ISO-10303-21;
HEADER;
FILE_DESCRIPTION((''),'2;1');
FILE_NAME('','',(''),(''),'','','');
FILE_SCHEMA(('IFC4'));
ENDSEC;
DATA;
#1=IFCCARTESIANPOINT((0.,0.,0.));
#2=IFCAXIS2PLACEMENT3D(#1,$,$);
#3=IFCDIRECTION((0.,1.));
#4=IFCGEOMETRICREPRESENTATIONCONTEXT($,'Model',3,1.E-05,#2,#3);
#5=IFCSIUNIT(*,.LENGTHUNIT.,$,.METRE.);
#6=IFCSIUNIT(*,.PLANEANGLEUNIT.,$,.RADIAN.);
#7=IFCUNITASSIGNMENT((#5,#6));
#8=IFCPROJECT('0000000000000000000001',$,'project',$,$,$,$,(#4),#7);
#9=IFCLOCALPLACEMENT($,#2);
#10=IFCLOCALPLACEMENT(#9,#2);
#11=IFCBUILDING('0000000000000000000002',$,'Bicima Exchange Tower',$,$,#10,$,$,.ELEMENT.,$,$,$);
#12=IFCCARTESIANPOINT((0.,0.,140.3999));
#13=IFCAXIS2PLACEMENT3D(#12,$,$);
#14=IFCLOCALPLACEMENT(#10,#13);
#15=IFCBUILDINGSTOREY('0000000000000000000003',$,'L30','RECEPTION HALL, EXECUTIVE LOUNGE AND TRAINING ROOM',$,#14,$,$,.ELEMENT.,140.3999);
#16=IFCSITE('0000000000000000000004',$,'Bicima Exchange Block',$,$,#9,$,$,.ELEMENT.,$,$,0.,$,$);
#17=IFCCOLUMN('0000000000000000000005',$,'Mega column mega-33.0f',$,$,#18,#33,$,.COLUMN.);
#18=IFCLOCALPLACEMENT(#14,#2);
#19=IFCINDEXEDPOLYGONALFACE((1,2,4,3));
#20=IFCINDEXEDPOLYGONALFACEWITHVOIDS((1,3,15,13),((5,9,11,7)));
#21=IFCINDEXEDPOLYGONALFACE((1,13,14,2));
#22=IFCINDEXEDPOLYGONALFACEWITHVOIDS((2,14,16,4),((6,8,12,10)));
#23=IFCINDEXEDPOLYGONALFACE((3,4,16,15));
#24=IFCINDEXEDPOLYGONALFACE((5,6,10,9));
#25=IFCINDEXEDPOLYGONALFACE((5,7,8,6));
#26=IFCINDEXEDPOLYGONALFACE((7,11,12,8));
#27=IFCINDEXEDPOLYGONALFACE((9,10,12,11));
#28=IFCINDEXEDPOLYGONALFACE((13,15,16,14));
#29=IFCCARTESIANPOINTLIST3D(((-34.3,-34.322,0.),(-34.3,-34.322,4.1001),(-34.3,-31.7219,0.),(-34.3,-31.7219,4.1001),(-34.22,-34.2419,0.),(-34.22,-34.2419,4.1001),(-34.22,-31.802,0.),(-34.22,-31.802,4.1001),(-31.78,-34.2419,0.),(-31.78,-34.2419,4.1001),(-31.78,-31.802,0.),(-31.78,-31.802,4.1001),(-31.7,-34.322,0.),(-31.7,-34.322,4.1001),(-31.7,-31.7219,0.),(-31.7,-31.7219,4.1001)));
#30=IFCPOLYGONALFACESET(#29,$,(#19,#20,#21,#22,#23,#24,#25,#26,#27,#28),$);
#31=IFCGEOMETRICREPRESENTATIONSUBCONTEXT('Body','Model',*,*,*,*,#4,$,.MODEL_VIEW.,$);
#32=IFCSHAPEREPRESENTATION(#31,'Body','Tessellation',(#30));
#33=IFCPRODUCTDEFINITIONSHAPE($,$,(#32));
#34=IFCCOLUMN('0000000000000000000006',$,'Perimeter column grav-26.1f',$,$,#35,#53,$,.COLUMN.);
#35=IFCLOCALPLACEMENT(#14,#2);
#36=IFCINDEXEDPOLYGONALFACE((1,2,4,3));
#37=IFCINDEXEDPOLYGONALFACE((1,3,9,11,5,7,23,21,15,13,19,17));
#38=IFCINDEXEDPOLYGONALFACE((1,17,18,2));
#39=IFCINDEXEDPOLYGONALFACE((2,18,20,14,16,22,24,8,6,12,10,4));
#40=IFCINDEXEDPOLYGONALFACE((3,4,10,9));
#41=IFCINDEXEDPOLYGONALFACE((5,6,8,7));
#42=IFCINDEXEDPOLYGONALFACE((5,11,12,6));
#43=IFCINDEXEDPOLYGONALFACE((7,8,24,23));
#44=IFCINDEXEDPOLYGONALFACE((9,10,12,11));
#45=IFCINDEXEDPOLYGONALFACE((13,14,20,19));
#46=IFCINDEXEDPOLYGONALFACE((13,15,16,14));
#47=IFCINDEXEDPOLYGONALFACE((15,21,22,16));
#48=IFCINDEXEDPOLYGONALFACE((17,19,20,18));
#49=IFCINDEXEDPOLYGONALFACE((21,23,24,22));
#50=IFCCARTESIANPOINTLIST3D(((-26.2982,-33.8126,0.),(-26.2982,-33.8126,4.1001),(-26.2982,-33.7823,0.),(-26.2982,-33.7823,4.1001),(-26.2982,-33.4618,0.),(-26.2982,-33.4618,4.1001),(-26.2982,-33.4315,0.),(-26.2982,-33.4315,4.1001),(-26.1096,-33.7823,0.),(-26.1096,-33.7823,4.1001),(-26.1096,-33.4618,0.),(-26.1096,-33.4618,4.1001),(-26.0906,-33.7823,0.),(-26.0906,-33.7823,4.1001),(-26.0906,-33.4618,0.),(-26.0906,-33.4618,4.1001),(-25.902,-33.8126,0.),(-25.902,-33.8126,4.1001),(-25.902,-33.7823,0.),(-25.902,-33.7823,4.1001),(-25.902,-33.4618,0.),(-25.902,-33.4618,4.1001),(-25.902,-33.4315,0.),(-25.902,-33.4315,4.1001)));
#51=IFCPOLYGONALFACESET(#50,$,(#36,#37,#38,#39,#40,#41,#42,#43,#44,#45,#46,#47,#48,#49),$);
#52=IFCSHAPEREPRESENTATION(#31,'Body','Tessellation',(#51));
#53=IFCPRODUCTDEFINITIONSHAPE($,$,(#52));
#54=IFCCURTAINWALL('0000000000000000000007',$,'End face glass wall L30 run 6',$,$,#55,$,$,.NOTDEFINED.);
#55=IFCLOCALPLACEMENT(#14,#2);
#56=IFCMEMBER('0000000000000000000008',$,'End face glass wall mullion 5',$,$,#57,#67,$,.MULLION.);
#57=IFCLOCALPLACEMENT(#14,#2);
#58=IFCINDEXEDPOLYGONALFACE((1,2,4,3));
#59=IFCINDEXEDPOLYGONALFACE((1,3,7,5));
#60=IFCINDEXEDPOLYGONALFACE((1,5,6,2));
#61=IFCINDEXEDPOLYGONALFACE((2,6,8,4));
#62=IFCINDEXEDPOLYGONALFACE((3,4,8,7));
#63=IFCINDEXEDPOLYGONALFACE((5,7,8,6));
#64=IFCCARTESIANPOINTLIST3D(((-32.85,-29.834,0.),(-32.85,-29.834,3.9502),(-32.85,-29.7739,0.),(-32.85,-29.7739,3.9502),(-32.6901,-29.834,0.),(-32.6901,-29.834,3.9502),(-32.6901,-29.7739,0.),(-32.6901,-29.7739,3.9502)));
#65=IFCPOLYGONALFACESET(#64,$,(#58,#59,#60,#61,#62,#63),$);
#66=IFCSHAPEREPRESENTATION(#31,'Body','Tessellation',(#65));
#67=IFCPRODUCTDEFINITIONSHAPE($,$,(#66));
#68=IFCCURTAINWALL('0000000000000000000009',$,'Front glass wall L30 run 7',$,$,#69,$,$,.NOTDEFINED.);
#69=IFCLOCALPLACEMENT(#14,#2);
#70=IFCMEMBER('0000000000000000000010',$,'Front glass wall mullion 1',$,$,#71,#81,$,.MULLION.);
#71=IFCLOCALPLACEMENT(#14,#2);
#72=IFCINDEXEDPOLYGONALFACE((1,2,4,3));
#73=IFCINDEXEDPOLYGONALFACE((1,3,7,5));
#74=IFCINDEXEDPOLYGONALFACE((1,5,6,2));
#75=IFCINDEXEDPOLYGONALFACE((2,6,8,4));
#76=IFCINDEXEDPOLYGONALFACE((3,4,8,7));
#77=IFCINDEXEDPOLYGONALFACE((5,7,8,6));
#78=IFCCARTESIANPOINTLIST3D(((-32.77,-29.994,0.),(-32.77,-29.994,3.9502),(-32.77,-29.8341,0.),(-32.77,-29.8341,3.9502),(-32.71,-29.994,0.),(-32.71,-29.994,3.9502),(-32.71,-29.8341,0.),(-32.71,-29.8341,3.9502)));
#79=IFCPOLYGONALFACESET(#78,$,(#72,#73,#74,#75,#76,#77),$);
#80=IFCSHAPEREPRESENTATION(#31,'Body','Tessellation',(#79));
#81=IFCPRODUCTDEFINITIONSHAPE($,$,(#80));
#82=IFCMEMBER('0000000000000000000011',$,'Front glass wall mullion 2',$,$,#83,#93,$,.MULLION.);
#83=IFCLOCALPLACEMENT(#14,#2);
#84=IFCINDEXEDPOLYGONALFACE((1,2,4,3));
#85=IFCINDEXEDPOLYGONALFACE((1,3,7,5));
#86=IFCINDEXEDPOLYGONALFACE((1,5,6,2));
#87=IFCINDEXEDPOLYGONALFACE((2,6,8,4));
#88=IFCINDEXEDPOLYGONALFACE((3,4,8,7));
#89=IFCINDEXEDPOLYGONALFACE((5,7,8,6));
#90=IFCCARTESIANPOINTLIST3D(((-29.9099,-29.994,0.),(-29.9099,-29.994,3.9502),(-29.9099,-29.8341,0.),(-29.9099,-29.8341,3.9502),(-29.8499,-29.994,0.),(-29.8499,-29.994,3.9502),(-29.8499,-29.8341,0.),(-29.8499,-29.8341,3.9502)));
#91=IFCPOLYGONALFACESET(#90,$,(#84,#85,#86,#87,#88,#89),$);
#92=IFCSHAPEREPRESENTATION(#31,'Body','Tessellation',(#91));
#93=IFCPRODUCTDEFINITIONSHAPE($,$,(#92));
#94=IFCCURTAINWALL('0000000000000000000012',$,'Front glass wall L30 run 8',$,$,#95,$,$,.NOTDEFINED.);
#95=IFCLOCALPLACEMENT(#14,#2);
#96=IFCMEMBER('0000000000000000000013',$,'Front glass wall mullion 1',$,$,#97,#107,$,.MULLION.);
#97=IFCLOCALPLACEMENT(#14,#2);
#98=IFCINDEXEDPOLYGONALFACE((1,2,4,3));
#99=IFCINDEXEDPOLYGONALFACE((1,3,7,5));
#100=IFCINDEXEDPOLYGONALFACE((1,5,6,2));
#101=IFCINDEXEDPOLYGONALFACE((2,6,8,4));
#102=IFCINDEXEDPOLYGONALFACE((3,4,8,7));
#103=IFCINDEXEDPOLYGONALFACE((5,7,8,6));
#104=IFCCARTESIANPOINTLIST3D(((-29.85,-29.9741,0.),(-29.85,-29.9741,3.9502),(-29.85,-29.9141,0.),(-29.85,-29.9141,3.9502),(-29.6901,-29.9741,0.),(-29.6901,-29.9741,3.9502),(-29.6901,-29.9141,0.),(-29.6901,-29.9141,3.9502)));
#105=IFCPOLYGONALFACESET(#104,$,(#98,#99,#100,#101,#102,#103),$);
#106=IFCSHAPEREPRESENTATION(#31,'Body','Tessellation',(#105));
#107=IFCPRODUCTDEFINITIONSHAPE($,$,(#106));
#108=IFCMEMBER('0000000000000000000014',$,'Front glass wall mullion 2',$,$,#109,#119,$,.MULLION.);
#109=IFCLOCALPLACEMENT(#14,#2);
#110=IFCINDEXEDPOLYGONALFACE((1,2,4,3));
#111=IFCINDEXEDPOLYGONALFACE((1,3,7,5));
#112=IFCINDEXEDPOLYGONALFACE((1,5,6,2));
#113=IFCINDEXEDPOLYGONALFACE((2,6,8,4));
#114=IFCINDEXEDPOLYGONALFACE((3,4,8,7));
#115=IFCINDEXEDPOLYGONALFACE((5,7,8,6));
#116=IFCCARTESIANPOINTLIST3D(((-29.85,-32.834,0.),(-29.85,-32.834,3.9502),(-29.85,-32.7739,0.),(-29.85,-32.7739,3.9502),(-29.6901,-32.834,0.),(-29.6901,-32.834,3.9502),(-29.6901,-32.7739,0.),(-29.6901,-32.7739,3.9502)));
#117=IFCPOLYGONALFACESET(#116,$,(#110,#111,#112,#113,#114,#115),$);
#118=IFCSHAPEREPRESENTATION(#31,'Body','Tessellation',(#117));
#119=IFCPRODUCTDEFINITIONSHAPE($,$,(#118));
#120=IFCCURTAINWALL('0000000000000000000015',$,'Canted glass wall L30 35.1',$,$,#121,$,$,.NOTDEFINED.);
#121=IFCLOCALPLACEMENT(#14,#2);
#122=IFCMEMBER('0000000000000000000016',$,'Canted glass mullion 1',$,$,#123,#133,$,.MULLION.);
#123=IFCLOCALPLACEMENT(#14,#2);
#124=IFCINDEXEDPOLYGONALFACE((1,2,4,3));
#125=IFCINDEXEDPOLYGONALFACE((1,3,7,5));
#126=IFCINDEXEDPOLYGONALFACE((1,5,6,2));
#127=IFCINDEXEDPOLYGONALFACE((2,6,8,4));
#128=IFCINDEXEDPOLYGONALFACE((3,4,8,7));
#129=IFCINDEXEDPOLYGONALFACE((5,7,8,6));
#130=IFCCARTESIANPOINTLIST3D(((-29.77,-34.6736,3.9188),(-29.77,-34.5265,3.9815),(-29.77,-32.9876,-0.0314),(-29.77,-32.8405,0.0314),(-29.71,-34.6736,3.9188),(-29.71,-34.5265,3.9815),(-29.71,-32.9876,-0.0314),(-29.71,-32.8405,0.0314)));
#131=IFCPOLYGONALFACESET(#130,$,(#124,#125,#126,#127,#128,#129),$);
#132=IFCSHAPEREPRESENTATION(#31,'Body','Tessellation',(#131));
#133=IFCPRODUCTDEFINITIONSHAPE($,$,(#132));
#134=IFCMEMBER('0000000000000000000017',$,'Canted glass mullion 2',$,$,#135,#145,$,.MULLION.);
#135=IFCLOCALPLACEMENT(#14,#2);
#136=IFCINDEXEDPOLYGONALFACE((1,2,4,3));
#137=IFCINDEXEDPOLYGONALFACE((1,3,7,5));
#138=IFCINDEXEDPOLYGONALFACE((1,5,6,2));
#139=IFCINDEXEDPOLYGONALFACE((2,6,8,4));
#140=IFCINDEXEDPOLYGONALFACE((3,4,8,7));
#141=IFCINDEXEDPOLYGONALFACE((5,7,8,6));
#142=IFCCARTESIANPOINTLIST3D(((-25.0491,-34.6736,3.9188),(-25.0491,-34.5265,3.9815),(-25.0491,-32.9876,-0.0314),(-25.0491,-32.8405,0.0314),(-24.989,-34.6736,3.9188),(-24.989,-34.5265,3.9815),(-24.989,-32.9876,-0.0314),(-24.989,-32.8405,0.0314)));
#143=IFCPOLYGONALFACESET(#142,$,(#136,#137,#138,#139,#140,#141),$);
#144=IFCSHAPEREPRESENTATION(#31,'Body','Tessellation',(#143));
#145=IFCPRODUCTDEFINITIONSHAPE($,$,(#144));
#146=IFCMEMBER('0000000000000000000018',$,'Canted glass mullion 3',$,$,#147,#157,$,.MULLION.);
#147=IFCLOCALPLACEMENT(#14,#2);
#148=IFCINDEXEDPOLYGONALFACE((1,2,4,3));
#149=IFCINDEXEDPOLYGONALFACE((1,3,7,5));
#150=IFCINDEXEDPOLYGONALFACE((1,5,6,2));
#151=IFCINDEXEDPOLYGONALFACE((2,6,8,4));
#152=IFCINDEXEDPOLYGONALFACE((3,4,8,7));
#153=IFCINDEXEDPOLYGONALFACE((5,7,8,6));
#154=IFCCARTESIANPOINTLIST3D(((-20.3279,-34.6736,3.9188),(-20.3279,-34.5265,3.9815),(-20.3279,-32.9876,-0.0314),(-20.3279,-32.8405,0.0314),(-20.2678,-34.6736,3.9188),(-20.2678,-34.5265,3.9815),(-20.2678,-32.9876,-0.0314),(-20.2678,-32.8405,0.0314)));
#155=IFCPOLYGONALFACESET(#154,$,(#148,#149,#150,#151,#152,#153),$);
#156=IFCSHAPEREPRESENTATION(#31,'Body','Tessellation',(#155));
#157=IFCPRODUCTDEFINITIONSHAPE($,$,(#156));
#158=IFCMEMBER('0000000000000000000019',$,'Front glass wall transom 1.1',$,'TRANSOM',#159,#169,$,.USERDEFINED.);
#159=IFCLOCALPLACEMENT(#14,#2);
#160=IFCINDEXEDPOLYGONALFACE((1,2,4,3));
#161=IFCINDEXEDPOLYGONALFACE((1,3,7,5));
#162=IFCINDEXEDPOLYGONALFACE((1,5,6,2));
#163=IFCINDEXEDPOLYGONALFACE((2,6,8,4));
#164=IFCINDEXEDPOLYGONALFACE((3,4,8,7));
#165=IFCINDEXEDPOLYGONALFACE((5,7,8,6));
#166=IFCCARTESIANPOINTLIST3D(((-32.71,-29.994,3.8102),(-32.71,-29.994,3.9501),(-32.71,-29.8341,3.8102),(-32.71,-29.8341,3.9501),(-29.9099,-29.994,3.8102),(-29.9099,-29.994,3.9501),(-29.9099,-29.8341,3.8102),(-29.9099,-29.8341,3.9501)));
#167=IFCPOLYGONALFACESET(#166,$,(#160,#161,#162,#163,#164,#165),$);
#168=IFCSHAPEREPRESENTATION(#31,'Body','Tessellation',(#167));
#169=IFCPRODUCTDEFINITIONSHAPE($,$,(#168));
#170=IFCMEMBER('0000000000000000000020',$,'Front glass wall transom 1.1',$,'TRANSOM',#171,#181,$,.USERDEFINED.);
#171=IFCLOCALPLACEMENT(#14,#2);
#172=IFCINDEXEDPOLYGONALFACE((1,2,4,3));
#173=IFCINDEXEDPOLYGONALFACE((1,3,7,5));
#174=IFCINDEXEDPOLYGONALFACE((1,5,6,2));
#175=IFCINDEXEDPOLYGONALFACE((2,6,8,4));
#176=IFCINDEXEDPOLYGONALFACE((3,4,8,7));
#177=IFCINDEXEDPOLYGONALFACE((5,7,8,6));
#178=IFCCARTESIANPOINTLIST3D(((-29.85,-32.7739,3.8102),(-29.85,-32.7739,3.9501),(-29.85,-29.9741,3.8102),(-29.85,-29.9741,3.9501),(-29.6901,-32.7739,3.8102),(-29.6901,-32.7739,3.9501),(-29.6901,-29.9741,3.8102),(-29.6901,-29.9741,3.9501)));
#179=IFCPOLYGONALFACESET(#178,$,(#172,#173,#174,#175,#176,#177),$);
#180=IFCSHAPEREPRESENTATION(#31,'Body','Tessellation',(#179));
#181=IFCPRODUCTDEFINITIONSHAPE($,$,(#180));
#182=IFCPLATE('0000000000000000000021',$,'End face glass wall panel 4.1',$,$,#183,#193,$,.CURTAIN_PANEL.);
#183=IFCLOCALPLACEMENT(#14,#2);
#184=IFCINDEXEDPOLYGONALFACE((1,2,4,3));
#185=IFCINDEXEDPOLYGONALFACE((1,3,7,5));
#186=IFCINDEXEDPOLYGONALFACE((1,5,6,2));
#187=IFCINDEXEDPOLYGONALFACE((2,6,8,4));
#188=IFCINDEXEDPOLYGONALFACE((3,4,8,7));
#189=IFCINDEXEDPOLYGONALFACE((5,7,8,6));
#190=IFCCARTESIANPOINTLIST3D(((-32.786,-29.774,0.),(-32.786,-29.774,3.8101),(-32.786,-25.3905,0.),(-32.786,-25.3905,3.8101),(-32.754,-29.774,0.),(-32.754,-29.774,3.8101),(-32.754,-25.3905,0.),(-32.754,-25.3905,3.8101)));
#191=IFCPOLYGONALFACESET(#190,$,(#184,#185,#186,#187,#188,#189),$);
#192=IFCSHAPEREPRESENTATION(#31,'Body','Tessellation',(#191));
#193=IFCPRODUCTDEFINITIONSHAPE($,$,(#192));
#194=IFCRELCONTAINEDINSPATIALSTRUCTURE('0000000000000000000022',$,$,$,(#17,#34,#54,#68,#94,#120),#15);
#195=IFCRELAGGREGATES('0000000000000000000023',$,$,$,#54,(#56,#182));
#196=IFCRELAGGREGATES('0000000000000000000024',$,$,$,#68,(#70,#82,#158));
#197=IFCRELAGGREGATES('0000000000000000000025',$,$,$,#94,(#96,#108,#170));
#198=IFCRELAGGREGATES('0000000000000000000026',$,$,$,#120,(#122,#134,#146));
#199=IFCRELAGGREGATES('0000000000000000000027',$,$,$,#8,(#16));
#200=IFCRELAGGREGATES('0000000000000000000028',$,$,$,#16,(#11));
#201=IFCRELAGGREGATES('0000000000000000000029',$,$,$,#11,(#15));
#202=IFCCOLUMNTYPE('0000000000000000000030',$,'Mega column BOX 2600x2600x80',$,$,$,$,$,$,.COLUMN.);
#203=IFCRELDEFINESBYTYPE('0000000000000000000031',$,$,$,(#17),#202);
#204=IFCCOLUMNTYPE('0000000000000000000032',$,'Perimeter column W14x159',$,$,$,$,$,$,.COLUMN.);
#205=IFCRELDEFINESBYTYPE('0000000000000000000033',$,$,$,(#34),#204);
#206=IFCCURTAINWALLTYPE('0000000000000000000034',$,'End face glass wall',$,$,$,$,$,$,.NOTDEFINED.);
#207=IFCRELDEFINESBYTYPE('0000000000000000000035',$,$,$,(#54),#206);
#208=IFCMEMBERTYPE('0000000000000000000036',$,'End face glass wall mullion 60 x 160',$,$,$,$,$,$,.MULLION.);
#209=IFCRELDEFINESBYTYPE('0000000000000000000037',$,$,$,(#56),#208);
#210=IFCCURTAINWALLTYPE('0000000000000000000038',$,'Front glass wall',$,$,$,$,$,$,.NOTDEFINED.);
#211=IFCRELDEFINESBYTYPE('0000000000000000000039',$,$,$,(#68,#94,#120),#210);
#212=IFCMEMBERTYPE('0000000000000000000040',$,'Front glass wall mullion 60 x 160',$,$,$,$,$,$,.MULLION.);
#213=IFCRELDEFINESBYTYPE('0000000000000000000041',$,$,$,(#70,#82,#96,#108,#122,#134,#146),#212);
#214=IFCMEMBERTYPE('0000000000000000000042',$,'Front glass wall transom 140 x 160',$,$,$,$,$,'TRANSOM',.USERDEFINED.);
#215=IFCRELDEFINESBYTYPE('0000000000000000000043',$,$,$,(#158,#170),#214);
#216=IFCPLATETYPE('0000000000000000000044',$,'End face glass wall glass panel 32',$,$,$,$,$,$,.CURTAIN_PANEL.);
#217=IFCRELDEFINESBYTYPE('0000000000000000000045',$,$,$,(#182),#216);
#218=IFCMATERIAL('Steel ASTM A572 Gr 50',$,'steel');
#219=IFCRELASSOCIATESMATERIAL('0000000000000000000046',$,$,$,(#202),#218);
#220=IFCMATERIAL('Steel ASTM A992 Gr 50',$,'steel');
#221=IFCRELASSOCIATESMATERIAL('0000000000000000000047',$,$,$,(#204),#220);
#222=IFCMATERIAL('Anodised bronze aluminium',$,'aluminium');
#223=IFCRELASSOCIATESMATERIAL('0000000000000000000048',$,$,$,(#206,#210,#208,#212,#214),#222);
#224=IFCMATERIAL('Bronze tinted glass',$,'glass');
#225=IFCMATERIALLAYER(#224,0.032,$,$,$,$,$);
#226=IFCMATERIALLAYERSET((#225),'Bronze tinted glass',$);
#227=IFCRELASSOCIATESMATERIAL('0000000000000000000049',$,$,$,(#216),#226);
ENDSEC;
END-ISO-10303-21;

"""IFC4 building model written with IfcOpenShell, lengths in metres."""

from ifc_helpers import new_model, si_unit, direction, frame, origin, origin_2d, place, context, subcontext, project, spatial, rectangle, hollow_rectangle, i_section, extrude, material, layer, layer_set, material_profile, profile_set, type_object, element, aggregate, save


model = new_model("IFC4")

# Units and contexts
model_context = context("Model", 3, precision=1e-05, world=origin(), true_north=direction((0.0, 1.0)))
body_context = subcontext(model_context, "Body", "Model", "MODEL_VIEW")
ifc_project = project(units=[si_unit("LENGTHUNIT", "METRE"), si_unit("PLANEANGLEUNIT", "RADIAN")], contexts=[model_context])

# Site, building, storey
site_placement = place(None, origin())
site = spatial("IfcSite", under=ifc_project, at=site_placement, Name="Bicima Exchange Block", CompositionType="ELEMENT", RefElevation=0.0)
building_placement = place(site_placement, origin())
building = spatial("IfcBuilding", under=site, at=building_placement, Name="Bicima Exchange Tower", CompositionType="ELEMENT")
storey_placement = place(building_placement, frame((0.0, 0.0, 140.3999)))
storey = spatial("IfcBuildingStorey", under=building, at=storey_placement, Name="L30", Description="RECEPTION HALL, EXECUTIVE LOUNGE AND TRAINING ROOM", CompositionType="ELEMENT", Elevation=140.3999)

# Columns
ifc_material_1 = material(Name="Steel ASTM A572 Gr 50", Category="steel")
ifc_material_profile_1 = material_profile(ifc_material_1, hollow_rectangle(XDim=2.6001, YDim=2.6001, WallThickness=0.0801, at=origin_2d()))
ifc_profile_set_1 = profile_set([ifc_material_profile_1], Name="Steel ASTM A572 Gr 50")
column_type_1 = type_object("IfcColumnType", Name="Mega column BOX 2600x2600x80", PredefinedType="COLUMN", material=ifc_profile_set_1)
column_1_placement = place(storey_placement, frame((-33.0, -33.022, 0.0), z_axis=(0.0, 0.0, 1.0), x_axis=(1.0, 0.0, 0.0)))
element("IfcColumn", 1, at=column_1_placement, inside=storey, type_object=column_type_1, Name="Mega column mega-33.0f", PredefinedType="COLUMN", context=body_context, shape_type="SweptSolid", body=[
    extrude(hollow_rectangle(XDim=2.6001, YDim=2.6001, WallThickness=0.0801, at=origin_2d()), origin(), (0.0, 0.0, 1.0), 4.1001),
])
ifc_material_2 = material(Name="Steel ASTM A992 Gr 50", Category="steel")
ifc_material_profile_2 = material_profile(ifc_material_2, i_section(OverallWidth=0.3962, OverallDepth=0.3811, WebThickness=0.019, FlangeThickness=0.0303, at=origin_2d()))
ifc_profile_set_2 = profile_set([ifc_material_profile_2], Name="Steel ASTM A992 Gr 50")
column_type_2 = type_object("IfcColumnType", Name="Perimeter column W14x159", PredefinedType="COLUMN", material=ifc_profile_set_2)
column_2_placement = place(storey_placement, frame((-26.1001, -33.6221, 0.0), z_axis=(0.0, 0.0, 1.0), x_axis=(1.0, 0.0, 0.0)))
element("IfcColumn", 2, at=column_2_placement, inside=storey, type_object=column_type_2, Name="Perimeter column grav-26.1f", PredefinedType="COLUMN", context=body_context, shape_type="SweptSolid", body=[
    extrude(i_section(OverallWidth=0.3962, OverallDepth=0.3811, WebThickness=0.019, FlangeThickness=0.0303, at=origin_2d()), origin(), (0.0, 0.0, 1.0), 4.1001),
])

# Curtain wall, member
ifc_material_3 = material(Name="Anodised bronze aluminium", Category="aluminium")
curtain_wall_type_1 = type_object("IfcCurtainWallType", Name="End face glass wall", PredefinedType="NOTDEFINED", material=ifc_material_3)
curtain_wall_1_placement = place(storey_placement, origin())
curtain_wall_1 = element("IfcCurtainWall", 3, at=curtain_wall_1_placement, inside=storey, type_object=curtain_wall_type_1, Name="End face glass wall L30 run 6", PredefinedType="NOTDEFINED")
ifc_material_profile_3 = material_profile(ifc_material_3, rectangle(XDim=0.1599, YDim=0.0601, at=origin_2d()))
ifc_profile_set_3 = profile_set([ifc_material_profile_3], Name="Anodised bronze aluminium")
member_type_1 = type_object("IfcMemberType", Name="End face glass wall mullion 60 x 160", PredefinedType="MULLION", material=ifc_profile_set_3)
member_1_placement = place(storey_placement, frame((-32.77, -29.804, 0.0), z_axis=(0.0, 0.0, 1.0), x_axis=(1.0, 0.0, 0.0)))
member_1 = element("IfcMember", 4, at=member_1_placement, type_object=member_type_1, Name="End face glass wall mullion 5", PredefinedType="MULLION", context=body_context, shape_type="SweptSolid", body=[
    extrude(rectangle(XDim=0.1599, YDim=0.0601, at=origin_2d()), origin(), (0.0, 0.0, 1.0), 3.9502),
])

# Curtain walls, members
curtain_wall_type_2 = type_object("IfcCurtainWallType", Name="Front glass wall", PredefinedType="NOTDEFINED", material=ifc_material_3)
curtain_wall_2_placement = place(storey_placement, origin())
curtain_wall_2 = element("IfcCurtainWall", 5, at=curtain_wall_2_placement, inside=storey, type_object=curtain_wall_type_2, Name="Front glass wall L30 run 7", PredefinedType="NOTDEFINED")
member_type_2 = type_object("IfcMemberType", Name="Front glass wall mullion 60 x 160", PredefinedType="MULLION", material=ifc_profile_set_3)
member_2_placement = place(storey_placement, frame((-32.74, -29.9141, 0.0), z_axis=(0.0, 0.0, 1.0), x_axis=(0.0, 1.0, 0.0)))
member_2 = element("IfcMember", 6, at=member_2_placement, type_object=member_type_2, Name="Front glass wall mullion 1", PredefinedType="MULLION", context=body_context, shape_type="SweptSolid", body=[
    extrude(rectangle(XDim=0.1599, YDim=0.0601, at=origin_2d()), origin(), (0.0, 0.0, 1.0), 3.9502),
])
member_3_placement = place(storey_placement, frame((-29.8799, -29.9141, 0.0), z_axis=(0.0, 0.0, 1.0), x_axis=(0.0, 1.0, 0.0)))
member_3 = element("IfcMember", 7, at=member_3_placement, type_object=member_type_2, Name="Front glass wall mullion 2", PredefinedType="MULLION", context=body_context, shape_type="SweptSolid", body=[
    extrude(rectangle(XDim=0.1599, YDim=0.0601, at=origin_2d()), origin(), (0.0, 0.0, 1.0), 3.9502),
])
curtain_wall_3_placement = place(storey_placement, origin())
curtain_wall_3 = element("IfcCurtainWall", 8, at=curtain_wall_3_placement, inside=storey, type_object=curtain_wall_type_2, Name="Front glass wall L30 run 8", PredefinedType="NOTDEFINED")
member_4_placement = place(storey_placement, frame((-29.77, -29.9441, 0.0), z_axis=(0.0, 0.0, 1.0), x_axis=(1.0, 0.0, 0.0)))
member_4 = element("IfcMember", 9, at=member_4_placement, type_object=member_type_2, Name="Front glass wall mullion 1", PredefinedType="MULLION", context=body_context, shape_type="SweptSolid", body=[
    extrude(rectangle(XDim=0.1599, YDim=0.0601, at=origin_2d()), origin(), (0.0, 0.0, 1.0), 3.9502),
])
member_5_placement = place(storey_placement, frame((-29.77, -32.804, 0.0), z_axis=(0.0, 0.0, 1.0), x_axis=(1.0, 0.0, 0.0)))
member_5 = element("IfcMember", 10, at=member_5_placement, type_object=member_type_2, Name="Front glass wall mullion 2", PredefinedType="MULLION", context=body_context, shape_type="SweptSolid", body=[
    extrude(rectangle(XDim=0.1599, YDim=0.0601, at=origin_2d()), origin(), (0.0, 0.0, 1.0), 3.9502),
])
curtain_wall_4_placement = place(storey_placement, origin())
curtain_wall_4 = element("IfcCurtainWall", 11, at=curtain_wall_4_placement, inside=storey, type_object=curtain_wall_type_2, Name="Canted glass wall L30 35.1", PredefinedType="NOTDEFINED")
member_6_placement = place(storey_placement, frame((-29.74, -32.9141, 0.0), z_axis=(0.0, -0.392561, 0.919726), x_axis=(0.0, 0.919726, 0.392561)))
member_6 = element("IfcMember", 12, at=member_6_placement, type_object=member_type_2, Name="Canted glass mullion 1", PredefinedType="MULLION", context=body_context, shape_type="SweptSolid", body=[
    extrude(rectangle(XDim=0.1599, YDim=0.0601, at=origin_2d()), origin(), (0.0, 0.0, 1.0), 4.2949),
])
member_7_placement = place(storey_placement, frame((-25.019, -32.9141, 0.0), z_axis=(0.0, -0.392561, 0.919726), x_axis=(0.0, 0.919726, 0.392561)))
member_7 = element("IfcMember", 13, at=member_7_placement, type_object=member_type_2, Name="Canted glass mullion 2", PredefinedType="MULLION", context=body_context, shape_type="SweptSolid", body=[
    extrude(rectangle(XDim=0.1599, YDim=0.0601, at=origin_2d()), origin(), (0.0, 0.0, 1.0), 4.2949),
])
member_8_placement = place(storey_placement, frame((-20.2979, -32.9141, 0.0), z_axis=(0.0, -0.392561, 0.919726), x_axis=(0.0, 0.919726, 0.392561)))
member_8 = element("IfcMember", 14, at=member_8_placement, type_object=member_type_2, Name="Canted glass mullion 3", PredefinedType="MULLION", context=body_context, shape_type="SweptSolid", body=[
    extrude(rectangle(XDim=0.1599, YDim=0.0601, at=origin_2d()), origin(), (0.0, 0.0, 1.0), 4.2949),
])

# Members
ifc_material_profile_4 = material_profile(ifc_material_3, rectangle(XDim=0.1599, YDim=0.1399, at=origin_2d()))
ifc_profile_set_4 = profile_set([ifc_material_profile_4], Name="Anodised bronze aluminium")
member_type_3 = type_object("IfcMemberType", Name="Front glass wall transom 140 x 160", ElementType="TRANSOM", PredefinedType="USERDEFINED", material=ifc_profile_set_4)
member_9_placement = place(storey_placement, frame((-32.71, -29.9141, 3.8801), z_axis=(1.0, 0.0, 0.0), x_axis=(0.0, 1.0, 0.0)))
member_9 = element("IfcMember", 15, at=member_9_placement, type_object=member_type_3, Name="Front glass wall transom 1.1", ObjectType="TRANSOM", PredefinedType="USERDEFINED", context=body_context, shape_type="SweptSolid", body=[
    extrude(rectangle(XDim=0.1599, YDim=0.1399, at=origin_2d()), origin(), (0.0, 0.0, 1.0), 2.8),
])
member_10_placement = place(storey_placement, frame((-29.77, -29.9741, 3.8801), z_axis=(0.0, -1.0, 0.0), x_axis=(1.0, 0.0, 0.0)))
member_10 = element("IfcMember", 16, at=member_10_placement, type_object=member_type_3, Name="Front glass wall transom 1.1", ObjectType="TRANSOM", PredefinedType="USERDEFINED", context=body_context, shape_type="SweptSolid", body=[
    extrude(rectangle(XDim=0.1599, YDim=0.1399, at=origin_2d()), origin(), (0.0, 0.0, 1.0), 2.7998),
])

# Plate
ifc_material_4 = material(Name="Bronze tinted glass", Category="glass")
ifc_layer_1 = layer(ifc_material_4, 0.032)
ifc_layer_set_1 = layer_set([ifc_layer_1], Name="Bronze tinted glass")
plate_type_1 = type_object("IfcPlateType", Name="End face glass wall glass panel 32", PredefinedType="CURTAIN_PANEL", material=ifc_layer_set_1)
plate_1_placement = place(storey_placement, frame((-32.77, -27.5823, 0.0), z_axis=(0.0, 0.0, 1.0), x_axis=(0.0, -1.0, 0.0)))
plate_1 = element("IfcPlate", 17, at=plate_1_placement, type_object=plate_type_1, Name="End face glass wall panel 4.1", PredefinedType="CURTAIN_PANEL", context=body_context, shape_type="SweptSolid", body=[
    extrude(rectangle(XDim=4.3835, YDim=0.032, at=origin_2d()), origin(), (0.0, 0.0, 1.0), 3.8101),
])
aggregate(curtain_wall_1, [member_1, plate_1])
aggregate(curtain_wall_2, [member_2, member_3, member_9])
aggregate(curtain_wall_3, [member_4, member_5, member_10])
aggregate(curtain_wall_4, [member_6, member_7, member_8])

save(model, "model.ifc")
